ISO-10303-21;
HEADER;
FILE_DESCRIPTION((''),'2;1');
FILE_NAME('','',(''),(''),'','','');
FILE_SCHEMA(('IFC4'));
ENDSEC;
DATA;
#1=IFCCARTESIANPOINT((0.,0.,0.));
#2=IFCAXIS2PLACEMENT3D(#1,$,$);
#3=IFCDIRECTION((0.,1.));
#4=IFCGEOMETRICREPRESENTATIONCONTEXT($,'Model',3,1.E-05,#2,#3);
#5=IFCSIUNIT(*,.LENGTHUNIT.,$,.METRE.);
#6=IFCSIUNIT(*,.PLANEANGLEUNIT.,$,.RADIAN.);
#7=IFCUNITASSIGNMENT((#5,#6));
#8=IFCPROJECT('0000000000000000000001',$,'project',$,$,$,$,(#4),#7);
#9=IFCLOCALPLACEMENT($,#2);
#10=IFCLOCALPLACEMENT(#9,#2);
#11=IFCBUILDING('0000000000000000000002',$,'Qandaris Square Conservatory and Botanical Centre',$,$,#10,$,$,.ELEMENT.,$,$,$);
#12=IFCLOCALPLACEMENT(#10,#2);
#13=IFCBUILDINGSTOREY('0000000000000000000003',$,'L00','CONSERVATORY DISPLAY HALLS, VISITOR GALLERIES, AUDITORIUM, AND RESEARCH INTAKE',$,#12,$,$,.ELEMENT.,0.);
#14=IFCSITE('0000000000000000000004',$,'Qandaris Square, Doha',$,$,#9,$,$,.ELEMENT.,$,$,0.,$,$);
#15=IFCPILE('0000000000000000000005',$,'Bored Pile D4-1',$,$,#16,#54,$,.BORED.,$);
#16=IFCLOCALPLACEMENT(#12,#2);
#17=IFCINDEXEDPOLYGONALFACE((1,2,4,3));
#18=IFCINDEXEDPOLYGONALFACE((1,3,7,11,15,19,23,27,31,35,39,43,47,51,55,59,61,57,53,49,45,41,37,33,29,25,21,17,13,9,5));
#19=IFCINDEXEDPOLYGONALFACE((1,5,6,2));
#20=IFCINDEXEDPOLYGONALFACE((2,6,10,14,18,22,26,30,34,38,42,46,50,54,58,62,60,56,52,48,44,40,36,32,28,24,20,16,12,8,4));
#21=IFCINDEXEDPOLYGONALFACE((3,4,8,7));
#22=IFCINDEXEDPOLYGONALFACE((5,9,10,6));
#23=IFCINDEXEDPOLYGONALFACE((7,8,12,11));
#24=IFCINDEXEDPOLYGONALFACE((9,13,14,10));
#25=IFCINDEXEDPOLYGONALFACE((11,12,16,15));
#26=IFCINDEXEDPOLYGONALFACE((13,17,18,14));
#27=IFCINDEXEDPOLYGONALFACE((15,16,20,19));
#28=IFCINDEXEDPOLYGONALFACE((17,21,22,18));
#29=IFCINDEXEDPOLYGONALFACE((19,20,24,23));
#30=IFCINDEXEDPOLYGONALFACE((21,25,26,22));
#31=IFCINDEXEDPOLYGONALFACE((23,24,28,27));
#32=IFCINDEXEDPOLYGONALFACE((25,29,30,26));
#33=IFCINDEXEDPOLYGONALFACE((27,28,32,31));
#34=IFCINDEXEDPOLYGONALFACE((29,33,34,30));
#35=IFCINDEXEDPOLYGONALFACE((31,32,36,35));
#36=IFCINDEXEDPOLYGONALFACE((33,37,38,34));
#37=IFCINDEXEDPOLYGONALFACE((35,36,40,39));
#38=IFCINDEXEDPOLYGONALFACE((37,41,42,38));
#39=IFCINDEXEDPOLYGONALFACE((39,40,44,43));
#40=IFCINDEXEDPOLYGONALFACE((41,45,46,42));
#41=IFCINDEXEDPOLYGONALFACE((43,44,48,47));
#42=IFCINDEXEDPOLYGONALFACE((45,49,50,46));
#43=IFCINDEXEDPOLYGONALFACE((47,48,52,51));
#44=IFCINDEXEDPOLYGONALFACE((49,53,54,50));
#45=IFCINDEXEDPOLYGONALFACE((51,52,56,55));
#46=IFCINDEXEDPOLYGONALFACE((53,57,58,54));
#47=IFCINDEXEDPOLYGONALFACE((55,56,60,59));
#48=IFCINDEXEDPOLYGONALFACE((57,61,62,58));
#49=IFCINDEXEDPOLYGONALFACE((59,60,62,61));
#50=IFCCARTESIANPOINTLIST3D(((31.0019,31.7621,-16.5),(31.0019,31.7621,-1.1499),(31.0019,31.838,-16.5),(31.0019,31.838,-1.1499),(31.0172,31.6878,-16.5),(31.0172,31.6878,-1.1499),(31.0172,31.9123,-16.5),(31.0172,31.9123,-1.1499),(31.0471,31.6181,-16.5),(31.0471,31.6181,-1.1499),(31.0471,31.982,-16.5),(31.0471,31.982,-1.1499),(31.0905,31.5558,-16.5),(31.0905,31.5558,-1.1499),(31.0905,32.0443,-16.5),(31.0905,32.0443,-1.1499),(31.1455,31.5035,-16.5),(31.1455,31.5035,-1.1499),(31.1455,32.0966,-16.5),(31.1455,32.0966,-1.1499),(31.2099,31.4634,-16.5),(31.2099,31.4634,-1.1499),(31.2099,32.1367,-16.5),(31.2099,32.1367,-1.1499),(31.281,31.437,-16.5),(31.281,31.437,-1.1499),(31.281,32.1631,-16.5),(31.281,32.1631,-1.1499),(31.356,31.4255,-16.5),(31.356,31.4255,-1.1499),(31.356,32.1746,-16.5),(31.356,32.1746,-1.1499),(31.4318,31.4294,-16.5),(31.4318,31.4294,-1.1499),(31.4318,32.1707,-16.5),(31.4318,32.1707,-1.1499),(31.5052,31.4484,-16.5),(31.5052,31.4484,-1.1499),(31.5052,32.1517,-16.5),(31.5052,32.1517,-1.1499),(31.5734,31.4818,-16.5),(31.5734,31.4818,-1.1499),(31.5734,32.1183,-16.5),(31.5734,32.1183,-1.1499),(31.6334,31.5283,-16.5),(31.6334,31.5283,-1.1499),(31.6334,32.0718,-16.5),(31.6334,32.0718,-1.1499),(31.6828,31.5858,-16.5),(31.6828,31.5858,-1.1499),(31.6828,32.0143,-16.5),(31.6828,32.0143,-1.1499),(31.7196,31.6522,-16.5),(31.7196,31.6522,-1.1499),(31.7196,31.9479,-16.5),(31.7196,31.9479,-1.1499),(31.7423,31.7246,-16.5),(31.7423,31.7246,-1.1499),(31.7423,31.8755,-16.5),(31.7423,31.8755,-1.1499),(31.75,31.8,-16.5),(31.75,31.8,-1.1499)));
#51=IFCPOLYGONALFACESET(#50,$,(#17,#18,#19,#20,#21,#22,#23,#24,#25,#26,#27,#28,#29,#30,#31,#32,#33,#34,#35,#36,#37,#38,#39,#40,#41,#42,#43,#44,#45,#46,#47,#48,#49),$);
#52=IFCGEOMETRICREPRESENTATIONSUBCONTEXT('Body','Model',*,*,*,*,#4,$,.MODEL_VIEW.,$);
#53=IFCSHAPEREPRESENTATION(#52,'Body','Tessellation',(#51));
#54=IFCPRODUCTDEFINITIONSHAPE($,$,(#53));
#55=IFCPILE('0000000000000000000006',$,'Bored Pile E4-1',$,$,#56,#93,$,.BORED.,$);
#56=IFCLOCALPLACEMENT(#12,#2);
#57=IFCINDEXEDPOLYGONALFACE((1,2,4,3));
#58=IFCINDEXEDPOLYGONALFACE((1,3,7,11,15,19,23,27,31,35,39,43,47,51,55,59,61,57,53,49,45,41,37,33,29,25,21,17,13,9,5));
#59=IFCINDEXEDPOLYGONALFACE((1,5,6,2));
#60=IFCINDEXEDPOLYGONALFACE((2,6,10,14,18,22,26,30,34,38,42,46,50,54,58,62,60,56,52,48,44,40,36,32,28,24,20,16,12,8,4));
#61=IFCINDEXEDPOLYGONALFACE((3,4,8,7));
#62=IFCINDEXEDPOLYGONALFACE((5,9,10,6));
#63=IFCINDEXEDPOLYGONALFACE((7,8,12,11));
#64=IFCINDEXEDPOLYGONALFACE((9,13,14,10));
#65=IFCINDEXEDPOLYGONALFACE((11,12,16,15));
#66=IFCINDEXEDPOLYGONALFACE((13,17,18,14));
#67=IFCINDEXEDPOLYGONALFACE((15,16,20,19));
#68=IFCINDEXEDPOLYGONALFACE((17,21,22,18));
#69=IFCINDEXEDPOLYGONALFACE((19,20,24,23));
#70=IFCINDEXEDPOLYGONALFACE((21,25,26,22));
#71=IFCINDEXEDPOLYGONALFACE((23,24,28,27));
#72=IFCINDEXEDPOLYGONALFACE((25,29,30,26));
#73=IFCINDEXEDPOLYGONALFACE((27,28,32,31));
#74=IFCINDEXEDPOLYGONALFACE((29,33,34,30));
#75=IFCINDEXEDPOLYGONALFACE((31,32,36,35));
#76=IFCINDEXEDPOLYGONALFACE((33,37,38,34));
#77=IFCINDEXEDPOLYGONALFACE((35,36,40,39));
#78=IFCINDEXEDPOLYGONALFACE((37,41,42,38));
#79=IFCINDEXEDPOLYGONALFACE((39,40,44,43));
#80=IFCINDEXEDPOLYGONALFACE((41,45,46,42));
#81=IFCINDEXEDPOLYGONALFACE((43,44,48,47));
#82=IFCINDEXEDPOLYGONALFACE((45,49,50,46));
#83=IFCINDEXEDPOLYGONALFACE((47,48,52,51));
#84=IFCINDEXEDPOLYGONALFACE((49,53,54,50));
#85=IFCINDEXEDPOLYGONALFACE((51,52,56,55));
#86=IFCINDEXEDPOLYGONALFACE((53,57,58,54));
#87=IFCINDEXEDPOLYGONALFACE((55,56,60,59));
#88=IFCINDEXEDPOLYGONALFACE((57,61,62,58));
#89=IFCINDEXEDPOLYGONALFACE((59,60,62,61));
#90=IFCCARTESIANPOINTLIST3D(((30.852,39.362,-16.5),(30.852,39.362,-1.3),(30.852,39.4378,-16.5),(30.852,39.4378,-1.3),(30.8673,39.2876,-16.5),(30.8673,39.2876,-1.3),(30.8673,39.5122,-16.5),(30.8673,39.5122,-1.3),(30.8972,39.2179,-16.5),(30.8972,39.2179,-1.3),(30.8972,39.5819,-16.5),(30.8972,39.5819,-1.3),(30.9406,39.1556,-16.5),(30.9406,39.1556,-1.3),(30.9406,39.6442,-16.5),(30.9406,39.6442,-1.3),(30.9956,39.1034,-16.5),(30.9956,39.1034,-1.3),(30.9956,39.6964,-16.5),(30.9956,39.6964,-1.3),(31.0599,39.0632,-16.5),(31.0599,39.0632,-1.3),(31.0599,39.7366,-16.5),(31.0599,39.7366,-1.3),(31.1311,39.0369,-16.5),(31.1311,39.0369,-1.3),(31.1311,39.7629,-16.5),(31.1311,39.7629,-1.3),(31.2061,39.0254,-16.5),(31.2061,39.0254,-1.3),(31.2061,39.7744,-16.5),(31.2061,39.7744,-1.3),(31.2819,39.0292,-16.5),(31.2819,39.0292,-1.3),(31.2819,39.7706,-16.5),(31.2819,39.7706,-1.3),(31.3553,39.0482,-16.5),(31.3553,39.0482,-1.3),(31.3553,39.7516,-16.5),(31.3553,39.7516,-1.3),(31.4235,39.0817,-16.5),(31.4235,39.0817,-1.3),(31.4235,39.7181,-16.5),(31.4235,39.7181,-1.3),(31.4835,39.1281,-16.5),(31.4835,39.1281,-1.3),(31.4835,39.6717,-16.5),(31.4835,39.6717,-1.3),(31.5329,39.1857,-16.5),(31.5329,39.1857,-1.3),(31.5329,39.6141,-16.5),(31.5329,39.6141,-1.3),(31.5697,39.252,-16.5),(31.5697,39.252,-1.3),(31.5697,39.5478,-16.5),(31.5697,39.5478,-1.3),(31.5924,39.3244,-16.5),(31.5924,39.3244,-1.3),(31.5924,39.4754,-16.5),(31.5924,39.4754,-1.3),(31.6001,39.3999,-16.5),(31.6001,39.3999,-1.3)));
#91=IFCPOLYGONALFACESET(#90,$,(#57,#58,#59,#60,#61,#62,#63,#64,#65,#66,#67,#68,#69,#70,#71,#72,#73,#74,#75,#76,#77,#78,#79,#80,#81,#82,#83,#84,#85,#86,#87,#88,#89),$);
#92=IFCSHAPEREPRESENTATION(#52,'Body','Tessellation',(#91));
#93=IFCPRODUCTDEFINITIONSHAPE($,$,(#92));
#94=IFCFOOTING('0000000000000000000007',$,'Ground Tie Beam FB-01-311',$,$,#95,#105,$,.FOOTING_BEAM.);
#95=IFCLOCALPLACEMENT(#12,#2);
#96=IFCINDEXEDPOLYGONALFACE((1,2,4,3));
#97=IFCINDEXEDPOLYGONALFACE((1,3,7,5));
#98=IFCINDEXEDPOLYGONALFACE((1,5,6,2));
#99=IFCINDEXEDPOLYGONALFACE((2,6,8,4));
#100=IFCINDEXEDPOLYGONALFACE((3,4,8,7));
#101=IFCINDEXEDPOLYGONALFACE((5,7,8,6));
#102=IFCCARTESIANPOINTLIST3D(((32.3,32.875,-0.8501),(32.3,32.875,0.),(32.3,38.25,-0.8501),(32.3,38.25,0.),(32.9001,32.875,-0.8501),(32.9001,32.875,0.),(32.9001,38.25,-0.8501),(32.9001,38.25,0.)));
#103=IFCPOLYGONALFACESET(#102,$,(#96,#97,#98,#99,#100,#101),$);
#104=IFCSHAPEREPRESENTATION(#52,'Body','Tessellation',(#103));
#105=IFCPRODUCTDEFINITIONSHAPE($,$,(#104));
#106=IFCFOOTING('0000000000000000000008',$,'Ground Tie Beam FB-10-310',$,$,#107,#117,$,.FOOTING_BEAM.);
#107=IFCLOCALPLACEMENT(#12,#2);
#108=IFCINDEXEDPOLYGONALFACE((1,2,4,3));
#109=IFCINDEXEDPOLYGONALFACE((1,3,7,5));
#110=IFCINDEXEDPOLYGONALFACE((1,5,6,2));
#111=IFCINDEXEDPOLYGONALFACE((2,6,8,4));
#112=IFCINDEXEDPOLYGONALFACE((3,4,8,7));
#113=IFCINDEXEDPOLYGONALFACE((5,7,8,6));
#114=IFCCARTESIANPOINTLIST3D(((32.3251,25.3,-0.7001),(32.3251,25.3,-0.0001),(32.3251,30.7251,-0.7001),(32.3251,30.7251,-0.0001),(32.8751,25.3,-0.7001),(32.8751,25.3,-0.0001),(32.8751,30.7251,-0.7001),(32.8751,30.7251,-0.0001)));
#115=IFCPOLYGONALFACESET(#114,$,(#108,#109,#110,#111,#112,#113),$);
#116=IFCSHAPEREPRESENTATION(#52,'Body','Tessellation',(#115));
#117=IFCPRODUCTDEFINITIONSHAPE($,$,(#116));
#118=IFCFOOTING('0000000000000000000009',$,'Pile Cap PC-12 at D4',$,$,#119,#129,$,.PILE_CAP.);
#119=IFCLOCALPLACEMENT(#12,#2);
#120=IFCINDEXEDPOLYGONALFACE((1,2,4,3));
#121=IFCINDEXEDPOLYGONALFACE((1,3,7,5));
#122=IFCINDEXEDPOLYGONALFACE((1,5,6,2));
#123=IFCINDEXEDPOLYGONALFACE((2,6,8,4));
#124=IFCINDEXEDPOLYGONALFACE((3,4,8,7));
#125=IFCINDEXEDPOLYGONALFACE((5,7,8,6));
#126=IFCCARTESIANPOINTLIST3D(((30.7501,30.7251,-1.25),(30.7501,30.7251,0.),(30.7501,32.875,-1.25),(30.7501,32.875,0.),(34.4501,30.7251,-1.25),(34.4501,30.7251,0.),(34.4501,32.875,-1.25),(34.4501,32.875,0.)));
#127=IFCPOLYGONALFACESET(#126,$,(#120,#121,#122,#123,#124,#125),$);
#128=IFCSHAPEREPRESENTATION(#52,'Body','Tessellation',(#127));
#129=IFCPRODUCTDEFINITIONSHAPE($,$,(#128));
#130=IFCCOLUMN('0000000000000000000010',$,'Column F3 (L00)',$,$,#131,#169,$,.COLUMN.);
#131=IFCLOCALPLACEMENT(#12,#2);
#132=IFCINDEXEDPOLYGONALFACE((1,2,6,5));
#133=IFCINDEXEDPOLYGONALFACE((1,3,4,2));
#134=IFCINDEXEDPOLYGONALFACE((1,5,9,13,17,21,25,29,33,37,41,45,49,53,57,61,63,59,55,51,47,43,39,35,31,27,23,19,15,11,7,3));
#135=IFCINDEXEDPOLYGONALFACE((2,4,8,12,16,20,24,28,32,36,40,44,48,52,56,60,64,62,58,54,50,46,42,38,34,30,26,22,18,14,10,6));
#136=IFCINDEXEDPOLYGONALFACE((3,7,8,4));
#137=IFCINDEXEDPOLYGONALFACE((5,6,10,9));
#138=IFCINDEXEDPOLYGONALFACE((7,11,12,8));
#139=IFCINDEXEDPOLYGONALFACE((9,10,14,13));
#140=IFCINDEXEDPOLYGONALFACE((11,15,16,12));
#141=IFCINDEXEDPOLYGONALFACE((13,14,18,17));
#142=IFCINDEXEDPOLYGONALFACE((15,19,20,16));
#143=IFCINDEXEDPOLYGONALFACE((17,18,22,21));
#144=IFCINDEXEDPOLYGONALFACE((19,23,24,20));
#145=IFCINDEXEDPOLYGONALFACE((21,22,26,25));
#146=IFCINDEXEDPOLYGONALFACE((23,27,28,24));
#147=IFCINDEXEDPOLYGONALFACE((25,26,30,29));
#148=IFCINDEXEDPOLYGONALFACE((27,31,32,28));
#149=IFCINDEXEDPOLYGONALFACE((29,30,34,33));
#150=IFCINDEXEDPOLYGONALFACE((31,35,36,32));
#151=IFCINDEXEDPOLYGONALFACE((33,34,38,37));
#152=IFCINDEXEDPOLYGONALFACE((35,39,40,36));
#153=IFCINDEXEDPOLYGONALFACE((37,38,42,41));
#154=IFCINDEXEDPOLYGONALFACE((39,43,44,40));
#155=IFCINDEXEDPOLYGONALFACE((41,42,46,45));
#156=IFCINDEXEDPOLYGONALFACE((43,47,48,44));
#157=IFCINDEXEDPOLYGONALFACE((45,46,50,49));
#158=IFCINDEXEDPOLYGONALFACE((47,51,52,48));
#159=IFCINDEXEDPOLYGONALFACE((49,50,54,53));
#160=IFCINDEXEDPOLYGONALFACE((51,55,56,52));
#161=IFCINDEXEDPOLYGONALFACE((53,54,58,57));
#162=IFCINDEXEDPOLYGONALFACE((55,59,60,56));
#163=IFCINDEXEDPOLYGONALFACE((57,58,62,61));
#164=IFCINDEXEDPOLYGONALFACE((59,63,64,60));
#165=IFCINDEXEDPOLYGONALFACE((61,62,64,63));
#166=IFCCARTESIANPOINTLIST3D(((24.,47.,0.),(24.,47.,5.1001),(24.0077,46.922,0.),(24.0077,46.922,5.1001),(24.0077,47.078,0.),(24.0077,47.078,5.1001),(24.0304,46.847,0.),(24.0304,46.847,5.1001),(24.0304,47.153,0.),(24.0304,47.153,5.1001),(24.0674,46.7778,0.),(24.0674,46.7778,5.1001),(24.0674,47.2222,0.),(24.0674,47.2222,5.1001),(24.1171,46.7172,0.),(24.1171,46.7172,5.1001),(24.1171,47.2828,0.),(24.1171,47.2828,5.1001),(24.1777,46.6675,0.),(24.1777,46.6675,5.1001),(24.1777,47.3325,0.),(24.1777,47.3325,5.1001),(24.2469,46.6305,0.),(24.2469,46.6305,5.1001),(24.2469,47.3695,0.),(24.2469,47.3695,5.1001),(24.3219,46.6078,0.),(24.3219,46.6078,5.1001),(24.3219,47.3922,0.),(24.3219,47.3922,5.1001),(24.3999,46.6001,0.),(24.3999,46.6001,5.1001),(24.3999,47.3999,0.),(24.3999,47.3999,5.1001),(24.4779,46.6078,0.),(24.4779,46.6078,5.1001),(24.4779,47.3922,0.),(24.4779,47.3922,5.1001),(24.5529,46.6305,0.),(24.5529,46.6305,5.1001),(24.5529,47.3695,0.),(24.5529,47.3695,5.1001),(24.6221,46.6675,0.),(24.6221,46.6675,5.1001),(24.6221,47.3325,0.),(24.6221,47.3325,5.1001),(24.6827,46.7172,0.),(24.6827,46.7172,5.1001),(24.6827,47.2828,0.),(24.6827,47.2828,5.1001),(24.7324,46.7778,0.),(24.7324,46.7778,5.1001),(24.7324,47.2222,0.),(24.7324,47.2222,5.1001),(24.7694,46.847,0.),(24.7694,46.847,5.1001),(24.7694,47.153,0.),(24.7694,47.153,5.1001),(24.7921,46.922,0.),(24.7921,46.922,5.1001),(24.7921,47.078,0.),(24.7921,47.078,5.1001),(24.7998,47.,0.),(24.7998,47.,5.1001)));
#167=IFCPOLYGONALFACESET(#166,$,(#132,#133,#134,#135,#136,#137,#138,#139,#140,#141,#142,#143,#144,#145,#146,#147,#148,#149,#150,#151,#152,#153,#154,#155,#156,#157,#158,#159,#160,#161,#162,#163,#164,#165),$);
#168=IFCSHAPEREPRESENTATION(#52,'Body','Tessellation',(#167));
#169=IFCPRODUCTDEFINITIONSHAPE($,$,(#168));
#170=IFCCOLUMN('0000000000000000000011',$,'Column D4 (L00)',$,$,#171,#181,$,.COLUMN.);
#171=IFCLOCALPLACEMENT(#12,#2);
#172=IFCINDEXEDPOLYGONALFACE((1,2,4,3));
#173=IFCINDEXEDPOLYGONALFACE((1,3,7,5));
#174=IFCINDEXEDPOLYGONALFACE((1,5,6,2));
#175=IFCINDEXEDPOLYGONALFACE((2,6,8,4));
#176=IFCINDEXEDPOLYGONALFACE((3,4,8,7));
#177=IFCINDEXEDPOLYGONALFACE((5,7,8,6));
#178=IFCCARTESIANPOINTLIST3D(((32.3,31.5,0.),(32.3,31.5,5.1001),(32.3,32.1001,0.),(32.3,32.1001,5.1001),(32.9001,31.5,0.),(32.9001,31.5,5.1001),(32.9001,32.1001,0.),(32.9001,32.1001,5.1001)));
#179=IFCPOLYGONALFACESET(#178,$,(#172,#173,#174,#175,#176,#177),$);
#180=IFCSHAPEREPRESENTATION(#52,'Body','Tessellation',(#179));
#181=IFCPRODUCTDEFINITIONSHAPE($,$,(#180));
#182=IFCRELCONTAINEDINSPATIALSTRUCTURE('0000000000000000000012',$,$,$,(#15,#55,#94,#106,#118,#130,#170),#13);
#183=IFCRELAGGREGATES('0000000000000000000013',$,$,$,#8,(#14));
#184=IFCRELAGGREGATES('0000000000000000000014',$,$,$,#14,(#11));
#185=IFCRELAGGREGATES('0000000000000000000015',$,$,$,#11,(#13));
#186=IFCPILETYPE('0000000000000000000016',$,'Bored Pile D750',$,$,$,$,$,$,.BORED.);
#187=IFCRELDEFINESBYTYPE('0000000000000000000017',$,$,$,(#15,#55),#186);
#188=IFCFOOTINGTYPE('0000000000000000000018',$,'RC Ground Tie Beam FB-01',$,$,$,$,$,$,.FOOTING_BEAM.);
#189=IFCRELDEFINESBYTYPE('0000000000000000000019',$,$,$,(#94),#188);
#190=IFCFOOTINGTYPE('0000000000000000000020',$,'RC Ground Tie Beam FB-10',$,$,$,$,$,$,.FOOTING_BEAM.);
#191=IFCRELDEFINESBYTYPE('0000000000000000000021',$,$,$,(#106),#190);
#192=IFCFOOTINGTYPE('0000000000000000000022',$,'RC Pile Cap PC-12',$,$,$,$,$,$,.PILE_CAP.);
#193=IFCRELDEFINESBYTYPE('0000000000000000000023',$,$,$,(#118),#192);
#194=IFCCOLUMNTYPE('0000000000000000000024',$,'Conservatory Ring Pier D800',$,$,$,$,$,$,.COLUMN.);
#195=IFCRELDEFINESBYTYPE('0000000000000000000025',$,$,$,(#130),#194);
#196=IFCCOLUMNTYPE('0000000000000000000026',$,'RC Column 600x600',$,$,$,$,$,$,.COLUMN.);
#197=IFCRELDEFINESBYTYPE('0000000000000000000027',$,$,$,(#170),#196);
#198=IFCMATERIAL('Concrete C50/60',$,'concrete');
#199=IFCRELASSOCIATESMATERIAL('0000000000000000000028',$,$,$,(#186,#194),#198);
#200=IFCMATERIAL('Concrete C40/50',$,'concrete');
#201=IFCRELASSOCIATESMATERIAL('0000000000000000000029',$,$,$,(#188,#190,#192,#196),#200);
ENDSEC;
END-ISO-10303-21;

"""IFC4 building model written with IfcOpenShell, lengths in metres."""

from ifc_helpers import new_model, si_unit, direction, frame, origin, origin_2d, place, context, subcontext, project, spatial, rectangle, circle, extrude, material, material_profile, profile_set, type_object, element, save


model = new_model("IFC4")

# Units and contexts
model_context = context("Model", 3, precision=1e-05, world=origin(), true_north=direction((0.0, 1.0)))
body_context = subcontext(model_context, "Body", "Model", "MODEL_VIEW")
ifc_project = project(units=[si_unit("LENGTHUNIT", "METRE"), si_unit("PLANEANGLEUNIT", "RADIAN")], contexts=[model_context])

# Site, building, storey
site_placement = place(None, origin())
site = spatial("IfcSite", under=ifc_project, at=site_placement, Name="Qandaris Square, Doha", CompositionType="ELEMENT", RefElevation=0.0)
building_placement = place(site_placement, origin())
building = spatial("IfcBuilding", under=site, at=building_placement, Name="Qandaris Square Conservatory and Botanical Centre", CompositionType="ELEMENT")
storey_placement = place(building_placement, origin())
storey = spatial("IfcBuildingStorey", under=building, at=storey_placement, Name="L00", Description="CONSERVATORY DISPLAY HALLS, VISITOR GALLERIES, AUDITORIUM, AND RESEARCH INTAKE", CompositionType="ELEMENT", Elevation=0.0)

# Piles
ifc_material_1 = material(Name="Concrete C50/60", Category="concrete")
ifc_material_profile_1 = material_profile(ifc_material_1, circle(Radius=0.375, at=origin_2d()), Name="PILE D750")
ifc_profile_set_1 = profile_set([ifc_material_profile_1], Name="Concrete C50/60")
pile_type = type_object("IfcPileType", Name="Bored Pile D750", PredefinedType="BORED", material=ifc_profile_set_1)
pile_1_placement = place(storey_placement, frame((31.375, 31.8, -1.1499), z_axis=(0.0, 0.0, -1.0), x_axis=(1.0, 0.0, 0.0)))
element("IfcPile", 1, at=pile_1_placement, inside=storey, type_object=pile_type, Name="Bored Pile D4-1", PredefinedType="BORED", context=body_context, shape_type="SweptSolid", body=[
    extrude(circle(Radius=0.375, at=origin_2d()), origin(), (0.0, 0.0, 1.0), 15.3501),
])
pile_2_placement = place(storey_placement, frame((31.2251, 39.3999, -1.3), z_axis=(0.0, 0.0, -1.0), x_axis=(1.0, 0.0, 0.0)))
element("IfcPile", 2, at=pile_2_placement, inside=storey, type_object=pile_type, Name="Bored Pile E4-1", PredefinedType="BORED", context=body_context, shape_type="SweptSolid", body=[
    extrude(circle(Radius=0.375, at=origin_2d()), origin(), (0.0, 0.0, 1.0), 15.2),
])

# Footings
ifc_material_2 = material(Name="Concrete C40/50", Category="concrete")
ifc_material_profile_2 = material_profile(ifc_material_2, rectangle(XDim=0.6001, YDim=0.8501, at=origin_2d()), Name="FB 600x850")
ifc_profile_set_2 = profile_set([ifc_material_profile_2], Name="Concrete C40/50")
footing_type_1 = type_object("IfcFootingType", Name="RC Ground Tie Beam FB-01", PredefinedType="FOOTING_BEAM", material=ifc_profile_set_2)
footing_1_placement = place(storey_placement, frame((32.6001, 32.875, -0.425), z_axis=(0.0, 1.0, 0.0), x_axis=(-1.0, 0.0, 0.0)))
element("IfcFooting", 3, at=footing_1_placement, inside=storey, type_object=footing_type_1, Name="Ground Tie Beam FB-01-311", PredefinedType="FOOTING_BEAM", context=body_context, shape_type="SweptSolid", body=[
    extrude(rectangle(XDim=0.6001, YDim=0.8501, at=origin_2d()), origin(), (0.0, 0.0, 1.0), 5.375),
])
ifc_material_profile_3 = material_profile(ifc_material_2, rectangle(XDim=0.55, YDim=0.7, at=origin_2d()), Name="FB 550x700")
ifc_profile_set_3 = profile_set([ifc_material_profile_3], Name="Concrete C40/50")
footing_type_2 = type_object("IfcFootingType", Name="RC Ground Tie Beam FB-10", PredefinedType="FOOTING_BEAM", material=ifc_profile_set_3)
footing_2_placement = place(storey_placement, frame((32.6001, 25.3, -0.3501), z_axis=(0.0, 1.0, 0.0), x_axis=(-1.0, 0.0, 0.0)))
element("IfcFooting", 4, at=footing_2_placement, inside=storey, type_object=footing_type_2, Name="Ground Tie Beam FB-10-310", PredefinedType="FOOTING_BEAM", context=body_context, shape_type="SweptSolid", body=[
    extrude(rectangle(XDim=0.55, YDim=0.7, at=origin_2d()), origin(), (0.0, 0.0, 1.0), 5.425),
])
footing_type_3 = type_object("IfcFootingType", Name="RC Pile Cap PC-12", PredefinedType="PILE_CAP", material=ifc_material_2)
footing_3_placement = place(storey_placement, frame((32.6001, 31.8, -1.25), z_axis=(0.0, 0.0, 1.0), x_axis=(1.0, 0.0, 0.0)))
element("IfcFooting", 5, at=footing_3_placement, inside=storey, type_object=footing_type_3, Name="Pile Cap PC-12 at D4", PredefinedType="PILE_CAP", context=body_context, shape_type="SweptSolid", body=[
    extrude(rectangle(XDim=3.7, YDim=2.1499, at=origin_2d()), origin(), (0.0, 0.0, 1.0), 1.25),
])

# Columns
ifc_material_profile_4 = material_profile(ifc_material_1, circle(Radius=0.3999, at=origin_2d()), Name="RC-COL D800")
ifc_profile_set_4 = profile_set([ifc_material_profile_4], Name="Concrete C50/60")
column_type_1 = type_object("IfcColumnType", Name="Conservatory Ring Pier D800", PredefinedType="COLUMN", material=ifc_profile_set_4)
column_1_placement = place(storey_placement, frame((24.3999, 47.0, 0.0), z_axis=(0.0, 0.0, 1.0), x_axis=(1.0, 0.0, 0.0)))
element("IfcColumn", 6, at=column_1_placement, inside=storey, type_object=column_type_1, Name="Column F3 (L00)", PredefinedType="COLUMN", context=body_context, shape_type="SweptSolid", body=[
    extrude(circle(Radius=0.3999, at=origin_2d()), origin(), (0.0, 0.0, 1.0), 5.1001),
])
ifc_material_profile_5 = material_profile(ifc_material_2, rectangle(XDim=0.6001, YDim=0.6001, at=origin_2d()), Name="RC-COL 600x600")
ifc_profile_set_5 = profile_set([ifc_material_profile_5], Name="Concrete C40/50")
column_type_2 = type_object("IfcColumnType", Name="RC Column 600x600", PredefinedType="COLUMN", material=ifc_profile_set_5)
column_2_placement = place(storey_placement, frame((32.6001, 31.8, 0.0), z_axis=(0.0, 0.0, 1.0), x_axis=(1.0, 0.0, 0.0)))
element("IfcColumn", 7, at=column_2_placement, inside=storey, type_object=column_type_2, Name="Column D4 (L00)", PredefinedType="COLUMN", context=body_context, shape_type="SweptSolid", body=[
    extrude(rectangle(XDim=0.6001, YDim=0.6001, at=origin_2d()), origin(), (0.0, 0.0, 1.0), 5.1001),
])

save(model, "model.ifc")
